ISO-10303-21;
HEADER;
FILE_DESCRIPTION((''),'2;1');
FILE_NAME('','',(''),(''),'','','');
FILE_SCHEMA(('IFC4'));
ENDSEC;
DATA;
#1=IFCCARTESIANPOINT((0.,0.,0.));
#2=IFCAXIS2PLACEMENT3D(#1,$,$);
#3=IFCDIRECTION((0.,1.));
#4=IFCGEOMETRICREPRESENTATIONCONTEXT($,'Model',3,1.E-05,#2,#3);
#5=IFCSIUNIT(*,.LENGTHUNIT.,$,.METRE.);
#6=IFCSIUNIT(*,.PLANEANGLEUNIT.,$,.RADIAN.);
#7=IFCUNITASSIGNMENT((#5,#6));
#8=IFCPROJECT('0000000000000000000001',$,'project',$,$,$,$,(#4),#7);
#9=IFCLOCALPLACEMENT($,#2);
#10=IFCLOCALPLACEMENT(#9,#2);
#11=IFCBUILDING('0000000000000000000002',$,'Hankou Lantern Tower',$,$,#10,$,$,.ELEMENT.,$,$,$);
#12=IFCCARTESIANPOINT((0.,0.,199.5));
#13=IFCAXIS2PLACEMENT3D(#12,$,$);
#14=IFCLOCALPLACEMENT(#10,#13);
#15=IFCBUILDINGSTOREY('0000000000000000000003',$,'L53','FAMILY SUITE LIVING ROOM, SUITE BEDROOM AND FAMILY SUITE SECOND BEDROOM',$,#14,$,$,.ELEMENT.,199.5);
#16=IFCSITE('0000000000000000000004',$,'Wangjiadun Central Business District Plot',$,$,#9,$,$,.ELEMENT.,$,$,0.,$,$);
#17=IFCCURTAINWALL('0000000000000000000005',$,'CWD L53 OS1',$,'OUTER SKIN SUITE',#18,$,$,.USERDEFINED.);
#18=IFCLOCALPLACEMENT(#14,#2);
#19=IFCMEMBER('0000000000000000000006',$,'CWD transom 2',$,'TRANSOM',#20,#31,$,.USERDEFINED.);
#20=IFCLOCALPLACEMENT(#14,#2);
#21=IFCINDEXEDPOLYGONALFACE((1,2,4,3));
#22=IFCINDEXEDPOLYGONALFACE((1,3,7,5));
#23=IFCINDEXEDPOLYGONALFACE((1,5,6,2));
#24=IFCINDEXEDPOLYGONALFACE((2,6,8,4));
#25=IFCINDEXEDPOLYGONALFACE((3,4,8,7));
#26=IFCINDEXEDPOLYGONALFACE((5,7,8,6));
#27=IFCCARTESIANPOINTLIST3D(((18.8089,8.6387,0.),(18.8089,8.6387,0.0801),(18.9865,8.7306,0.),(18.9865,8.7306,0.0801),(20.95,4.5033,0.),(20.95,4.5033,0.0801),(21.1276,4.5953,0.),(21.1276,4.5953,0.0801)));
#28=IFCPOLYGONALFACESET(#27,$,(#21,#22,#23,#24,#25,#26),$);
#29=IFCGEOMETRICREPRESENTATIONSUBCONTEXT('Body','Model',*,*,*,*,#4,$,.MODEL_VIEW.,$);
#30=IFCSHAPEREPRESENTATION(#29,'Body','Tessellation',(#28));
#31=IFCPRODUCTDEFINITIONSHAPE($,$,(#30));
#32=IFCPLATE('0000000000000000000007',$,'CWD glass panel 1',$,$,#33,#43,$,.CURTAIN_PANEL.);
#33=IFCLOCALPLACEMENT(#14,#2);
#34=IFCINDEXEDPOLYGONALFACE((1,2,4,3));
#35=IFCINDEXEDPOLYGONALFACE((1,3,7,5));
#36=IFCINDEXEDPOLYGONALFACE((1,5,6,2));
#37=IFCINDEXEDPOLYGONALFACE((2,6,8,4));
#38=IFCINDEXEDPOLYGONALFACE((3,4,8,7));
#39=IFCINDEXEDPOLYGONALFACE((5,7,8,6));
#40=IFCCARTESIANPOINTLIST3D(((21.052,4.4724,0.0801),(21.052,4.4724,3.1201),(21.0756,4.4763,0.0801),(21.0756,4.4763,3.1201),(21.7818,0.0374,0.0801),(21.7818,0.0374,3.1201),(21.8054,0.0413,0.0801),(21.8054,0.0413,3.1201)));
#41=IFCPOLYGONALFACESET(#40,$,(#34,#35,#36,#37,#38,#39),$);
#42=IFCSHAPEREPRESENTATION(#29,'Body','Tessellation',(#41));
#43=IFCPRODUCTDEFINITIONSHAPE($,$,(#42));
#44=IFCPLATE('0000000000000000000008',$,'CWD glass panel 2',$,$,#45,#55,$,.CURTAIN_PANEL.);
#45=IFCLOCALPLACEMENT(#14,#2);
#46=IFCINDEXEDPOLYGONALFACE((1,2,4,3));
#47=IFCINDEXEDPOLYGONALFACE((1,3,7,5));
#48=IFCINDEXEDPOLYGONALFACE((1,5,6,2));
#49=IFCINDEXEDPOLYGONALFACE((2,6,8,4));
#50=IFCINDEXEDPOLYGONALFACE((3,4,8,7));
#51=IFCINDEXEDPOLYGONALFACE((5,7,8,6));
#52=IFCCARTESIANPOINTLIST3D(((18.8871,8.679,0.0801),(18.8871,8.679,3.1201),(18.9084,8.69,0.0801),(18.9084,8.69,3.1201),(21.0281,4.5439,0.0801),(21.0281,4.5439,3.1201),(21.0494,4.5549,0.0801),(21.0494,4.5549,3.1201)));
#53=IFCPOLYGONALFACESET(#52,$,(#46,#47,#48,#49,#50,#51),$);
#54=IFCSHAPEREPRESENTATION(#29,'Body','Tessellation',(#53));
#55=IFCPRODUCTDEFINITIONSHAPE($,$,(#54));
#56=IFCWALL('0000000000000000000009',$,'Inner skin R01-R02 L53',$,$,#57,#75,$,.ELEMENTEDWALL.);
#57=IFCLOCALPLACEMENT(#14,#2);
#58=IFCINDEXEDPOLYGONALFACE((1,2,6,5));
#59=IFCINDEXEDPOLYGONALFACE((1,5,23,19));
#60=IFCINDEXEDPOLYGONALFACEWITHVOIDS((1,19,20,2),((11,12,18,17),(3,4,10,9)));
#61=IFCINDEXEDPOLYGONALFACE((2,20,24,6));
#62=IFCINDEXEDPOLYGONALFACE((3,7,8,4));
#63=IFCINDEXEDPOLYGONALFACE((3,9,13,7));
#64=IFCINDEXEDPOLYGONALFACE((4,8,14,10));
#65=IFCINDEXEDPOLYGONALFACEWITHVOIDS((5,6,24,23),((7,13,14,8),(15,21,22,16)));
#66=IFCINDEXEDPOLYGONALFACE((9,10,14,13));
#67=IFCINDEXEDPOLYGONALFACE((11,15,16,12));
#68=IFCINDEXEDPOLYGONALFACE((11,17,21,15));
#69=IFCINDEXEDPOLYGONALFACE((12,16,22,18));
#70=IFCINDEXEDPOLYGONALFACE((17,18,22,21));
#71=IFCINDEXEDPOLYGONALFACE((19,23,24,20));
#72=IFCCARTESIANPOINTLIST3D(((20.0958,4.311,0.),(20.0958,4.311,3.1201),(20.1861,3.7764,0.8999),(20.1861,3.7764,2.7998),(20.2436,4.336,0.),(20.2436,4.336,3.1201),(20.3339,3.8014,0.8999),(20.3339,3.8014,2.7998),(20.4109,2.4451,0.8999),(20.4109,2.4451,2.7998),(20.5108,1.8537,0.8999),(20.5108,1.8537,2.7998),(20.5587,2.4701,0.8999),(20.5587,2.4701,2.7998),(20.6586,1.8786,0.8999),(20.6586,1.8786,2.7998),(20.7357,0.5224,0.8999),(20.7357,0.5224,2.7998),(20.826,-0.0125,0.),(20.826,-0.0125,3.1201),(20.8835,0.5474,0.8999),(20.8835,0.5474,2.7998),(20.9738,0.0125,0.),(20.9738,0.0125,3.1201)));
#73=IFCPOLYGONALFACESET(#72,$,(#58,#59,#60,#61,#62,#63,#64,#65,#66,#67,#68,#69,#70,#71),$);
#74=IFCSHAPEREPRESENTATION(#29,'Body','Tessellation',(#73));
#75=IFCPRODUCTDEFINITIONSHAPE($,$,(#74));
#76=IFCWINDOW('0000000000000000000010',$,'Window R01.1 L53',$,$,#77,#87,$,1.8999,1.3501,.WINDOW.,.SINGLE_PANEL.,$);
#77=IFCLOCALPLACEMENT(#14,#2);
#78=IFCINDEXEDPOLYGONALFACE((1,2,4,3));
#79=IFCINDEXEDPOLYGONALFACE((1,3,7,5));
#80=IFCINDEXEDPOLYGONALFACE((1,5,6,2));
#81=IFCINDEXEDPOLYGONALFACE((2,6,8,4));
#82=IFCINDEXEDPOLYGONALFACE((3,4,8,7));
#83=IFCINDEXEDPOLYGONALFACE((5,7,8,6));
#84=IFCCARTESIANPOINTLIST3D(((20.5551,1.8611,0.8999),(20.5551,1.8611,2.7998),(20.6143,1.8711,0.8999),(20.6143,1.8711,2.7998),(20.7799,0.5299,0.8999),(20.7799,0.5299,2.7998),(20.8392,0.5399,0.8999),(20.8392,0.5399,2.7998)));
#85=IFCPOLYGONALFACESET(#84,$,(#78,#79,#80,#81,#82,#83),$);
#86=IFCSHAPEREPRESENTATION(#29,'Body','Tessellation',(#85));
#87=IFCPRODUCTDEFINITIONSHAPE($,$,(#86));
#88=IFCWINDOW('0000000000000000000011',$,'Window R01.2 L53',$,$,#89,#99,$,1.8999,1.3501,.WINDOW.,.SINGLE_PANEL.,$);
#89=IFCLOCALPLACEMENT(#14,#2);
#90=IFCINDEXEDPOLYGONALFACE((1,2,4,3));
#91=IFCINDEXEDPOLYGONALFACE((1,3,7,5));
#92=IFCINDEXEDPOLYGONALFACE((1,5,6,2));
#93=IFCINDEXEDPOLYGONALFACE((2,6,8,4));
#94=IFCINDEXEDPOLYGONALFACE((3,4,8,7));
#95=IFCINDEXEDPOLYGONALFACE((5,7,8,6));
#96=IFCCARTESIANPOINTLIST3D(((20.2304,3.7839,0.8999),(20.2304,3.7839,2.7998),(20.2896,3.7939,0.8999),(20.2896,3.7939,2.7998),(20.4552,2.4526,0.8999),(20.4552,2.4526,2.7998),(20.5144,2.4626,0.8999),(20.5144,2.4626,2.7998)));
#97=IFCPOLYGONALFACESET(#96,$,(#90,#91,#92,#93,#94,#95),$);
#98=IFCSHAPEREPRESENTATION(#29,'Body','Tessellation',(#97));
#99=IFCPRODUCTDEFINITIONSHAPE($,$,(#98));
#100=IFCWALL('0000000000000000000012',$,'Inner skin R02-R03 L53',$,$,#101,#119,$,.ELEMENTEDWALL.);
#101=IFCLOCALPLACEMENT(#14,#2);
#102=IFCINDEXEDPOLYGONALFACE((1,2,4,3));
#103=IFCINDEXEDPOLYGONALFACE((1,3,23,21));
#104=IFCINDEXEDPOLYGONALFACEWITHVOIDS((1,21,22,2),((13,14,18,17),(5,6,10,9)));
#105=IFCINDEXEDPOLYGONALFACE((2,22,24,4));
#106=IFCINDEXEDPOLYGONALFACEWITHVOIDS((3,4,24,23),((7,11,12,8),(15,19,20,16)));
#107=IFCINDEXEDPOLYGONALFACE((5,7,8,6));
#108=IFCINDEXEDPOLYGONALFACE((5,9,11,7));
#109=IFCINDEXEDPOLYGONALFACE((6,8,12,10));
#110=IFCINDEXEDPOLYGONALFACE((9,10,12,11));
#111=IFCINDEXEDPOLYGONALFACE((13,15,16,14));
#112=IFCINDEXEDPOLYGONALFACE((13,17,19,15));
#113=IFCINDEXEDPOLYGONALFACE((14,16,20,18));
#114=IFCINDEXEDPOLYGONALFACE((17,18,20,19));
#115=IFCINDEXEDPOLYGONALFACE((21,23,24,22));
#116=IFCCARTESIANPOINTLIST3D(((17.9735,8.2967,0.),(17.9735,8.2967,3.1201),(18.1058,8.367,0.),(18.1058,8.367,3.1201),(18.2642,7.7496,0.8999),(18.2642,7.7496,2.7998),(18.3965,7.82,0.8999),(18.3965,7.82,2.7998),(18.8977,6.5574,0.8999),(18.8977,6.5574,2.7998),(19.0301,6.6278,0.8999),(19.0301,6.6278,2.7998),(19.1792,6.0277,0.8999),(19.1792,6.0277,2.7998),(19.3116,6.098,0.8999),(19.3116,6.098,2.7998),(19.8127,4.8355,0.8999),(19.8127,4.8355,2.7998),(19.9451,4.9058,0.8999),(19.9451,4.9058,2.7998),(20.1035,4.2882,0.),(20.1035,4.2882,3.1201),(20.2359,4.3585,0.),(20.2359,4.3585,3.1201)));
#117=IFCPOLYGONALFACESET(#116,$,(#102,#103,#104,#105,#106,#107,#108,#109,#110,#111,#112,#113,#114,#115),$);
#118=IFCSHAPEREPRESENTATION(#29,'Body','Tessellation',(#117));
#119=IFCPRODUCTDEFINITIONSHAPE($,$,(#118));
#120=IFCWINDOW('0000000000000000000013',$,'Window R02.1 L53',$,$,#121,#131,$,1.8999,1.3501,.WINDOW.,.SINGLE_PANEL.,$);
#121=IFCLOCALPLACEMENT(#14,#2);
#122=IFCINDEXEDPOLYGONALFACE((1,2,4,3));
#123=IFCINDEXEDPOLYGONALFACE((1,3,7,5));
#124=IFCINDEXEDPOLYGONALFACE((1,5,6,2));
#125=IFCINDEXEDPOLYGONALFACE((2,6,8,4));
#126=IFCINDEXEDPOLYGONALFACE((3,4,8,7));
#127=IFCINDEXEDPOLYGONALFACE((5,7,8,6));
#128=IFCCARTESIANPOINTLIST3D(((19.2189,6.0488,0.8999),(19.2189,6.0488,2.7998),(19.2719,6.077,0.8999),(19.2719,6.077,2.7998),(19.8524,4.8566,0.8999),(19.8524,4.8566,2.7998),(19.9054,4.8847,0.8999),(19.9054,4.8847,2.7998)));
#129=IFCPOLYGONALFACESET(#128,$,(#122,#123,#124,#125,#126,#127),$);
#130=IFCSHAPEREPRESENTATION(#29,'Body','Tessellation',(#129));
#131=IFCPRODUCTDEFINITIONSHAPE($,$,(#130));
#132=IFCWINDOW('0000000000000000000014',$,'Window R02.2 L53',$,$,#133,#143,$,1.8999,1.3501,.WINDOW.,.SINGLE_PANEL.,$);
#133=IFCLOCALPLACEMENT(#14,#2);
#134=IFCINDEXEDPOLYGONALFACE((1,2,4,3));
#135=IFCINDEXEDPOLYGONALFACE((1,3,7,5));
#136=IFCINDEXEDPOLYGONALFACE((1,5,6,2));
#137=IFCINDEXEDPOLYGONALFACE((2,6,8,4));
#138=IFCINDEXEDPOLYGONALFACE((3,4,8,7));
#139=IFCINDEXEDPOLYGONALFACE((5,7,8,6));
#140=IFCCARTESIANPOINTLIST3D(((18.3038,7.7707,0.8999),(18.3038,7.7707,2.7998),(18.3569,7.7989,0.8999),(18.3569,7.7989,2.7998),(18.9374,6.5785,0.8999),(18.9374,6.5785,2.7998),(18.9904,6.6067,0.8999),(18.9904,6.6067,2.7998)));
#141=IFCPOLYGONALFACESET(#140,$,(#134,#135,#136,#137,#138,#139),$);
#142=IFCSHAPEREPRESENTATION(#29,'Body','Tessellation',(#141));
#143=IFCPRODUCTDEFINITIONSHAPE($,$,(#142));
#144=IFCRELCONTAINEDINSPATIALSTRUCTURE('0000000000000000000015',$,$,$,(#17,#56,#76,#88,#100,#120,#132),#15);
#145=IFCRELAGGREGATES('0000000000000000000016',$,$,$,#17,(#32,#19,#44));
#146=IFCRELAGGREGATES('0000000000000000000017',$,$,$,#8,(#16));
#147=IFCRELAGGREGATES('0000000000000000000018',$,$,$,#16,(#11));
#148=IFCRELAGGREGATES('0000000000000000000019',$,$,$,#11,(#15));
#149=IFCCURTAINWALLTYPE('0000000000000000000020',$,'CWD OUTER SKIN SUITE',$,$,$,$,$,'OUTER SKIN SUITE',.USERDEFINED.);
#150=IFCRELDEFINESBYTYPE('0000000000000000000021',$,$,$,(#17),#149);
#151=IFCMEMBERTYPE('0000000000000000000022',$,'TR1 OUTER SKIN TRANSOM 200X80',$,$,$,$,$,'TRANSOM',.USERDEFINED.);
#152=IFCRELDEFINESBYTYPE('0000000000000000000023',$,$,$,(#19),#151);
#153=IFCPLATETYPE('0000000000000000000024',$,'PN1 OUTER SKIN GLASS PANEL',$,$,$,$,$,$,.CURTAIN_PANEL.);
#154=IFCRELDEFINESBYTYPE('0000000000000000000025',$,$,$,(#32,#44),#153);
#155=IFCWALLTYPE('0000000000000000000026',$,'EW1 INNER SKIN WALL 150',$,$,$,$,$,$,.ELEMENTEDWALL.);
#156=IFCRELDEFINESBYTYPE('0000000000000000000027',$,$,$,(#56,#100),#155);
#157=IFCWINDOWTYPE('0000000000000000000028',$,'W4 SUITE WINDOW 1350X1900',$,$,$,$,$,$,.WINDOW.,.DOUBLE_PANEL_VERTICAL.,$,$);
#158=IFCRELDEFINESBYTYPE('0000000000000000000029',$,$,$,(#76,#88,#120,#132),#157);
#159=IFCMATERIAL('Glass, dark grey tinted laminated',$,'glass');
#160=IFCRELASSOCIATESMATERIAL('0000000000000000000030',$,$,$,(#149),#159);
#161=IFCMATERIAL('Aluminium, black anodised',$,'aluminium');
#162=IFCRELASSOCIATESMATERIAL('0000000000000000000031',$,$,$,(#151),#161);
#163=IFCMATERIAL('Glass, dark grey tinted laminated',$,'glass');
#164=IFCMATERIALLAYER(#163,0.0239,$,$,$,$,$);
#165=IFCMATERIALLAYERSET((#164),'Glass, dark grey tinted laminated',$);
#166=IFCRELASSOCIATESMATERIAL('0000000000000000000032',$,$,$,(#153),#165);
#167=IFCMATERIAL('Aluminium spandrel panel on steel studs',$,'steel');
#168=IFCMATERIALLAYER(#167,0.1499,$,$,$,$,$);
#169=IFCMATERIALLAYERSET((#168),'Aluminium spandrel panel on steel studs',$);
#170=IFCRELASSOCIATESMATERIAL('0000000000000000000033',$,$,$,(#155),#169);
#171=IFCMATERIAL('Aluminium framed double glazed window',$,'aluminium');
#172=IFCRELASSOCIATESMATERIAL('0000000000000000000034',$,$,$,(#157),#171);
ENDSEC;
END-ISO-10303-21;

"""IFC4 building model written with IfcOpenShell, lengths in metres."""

from ifc_helpers import new_model, si_unit, direction, frame, frame_2d, origin, origin_2d, place, context, subcontext, project, spatial, rectangle, extrude, material, layer, layer_set, material_profile, profile_set, type_object, element, fill, aggregate, save


model = new_model("IFC4")

# Units and contexts
model_context = context("Model", 3, precision=1e-05, world=origin(), true_north=direction((0.0, 1.0)))
body_context = subcontext(model_context, "Body", "Model", "MODEL_VIEW")
ifc_project = project(units=[si_unit("LENGTHUNIT", "METRE"), si_unit("PLANEANGLEUNIT", "RADIAN")], contexts=[model_context])

# Site, building, storey
site_placement = place(None, origin())
site = spatial("IfcSite", under=ifc_project, at=site_placement, Name="Wangjiadun Central Business District Plot", CompositionType="ELEMENT", RefElevation=0.0)
building_placement = place(site_placement, origin())
building = spatial("IfcBuilding", under=site, at=building_placement, Name="Hankou Lantern Tower", CompositionType="ELEMENT")
storey_placement = place(building_placement, frame((0.0, 0.0, 199.5)))
storey = spatial("IfcBuildingStorey", under=building, at=storey_placement, Name="L53", Description="FAMILY SUITE LIVING ROOM, SUITE BEDROOM AND FAMILY SUITE SECOND BEDROOM", CompositionType="ELEMENT", Elevation=199.5)

# Curtain wall
ifc_material_1 = material(Name="Glass, dark grey tinted laminated", Category="glass")
curtain_wall_type = type_object("IfcCurtainWallType", Name="CWD OUTER SKIN SUITE", ElementType="OUTER SKIN SUITE", PredefinedType="USERDEFINED", material=ifc_material_1)
curtain_wall_placement = place(storey_placement, origin())
curtain_wall = element("IfcCurtainWall", 1, at=curtain_wall_placement, inside=storey, type_object=curtain_wall_type, Name="CWD L53 OS1", ObjectType="OUTER SKIN SUITE", PredefinedType="USERDEFINED")

# Member
ifc_material_2 = material(Name="Aluminium, black anodised", Category="aluminium")
ifc_material_profile_1 = material_profile(ifc_material_2, rectangle(XDim=0.2, YDim=0.0801, at=origin_2d()), Name="TR1 200X80")
ifc_profile_set_1 = profile_set([ifc_material_profile_1], Name="Aluminium, black anodised")
member_type_1 = type_object("IfcMemberType", Name="TR1 OUTER SKIN TRANSOM 200X80", ElementType="TRANSOM", PredefinedType="USERDEFINED", material=ifc_profile_set_1)
member_1_placement = place(storey_placement, frame((21.0388, 4.5493, 0.04), z_axis=(-0.459794, 0.888026, 0.0), x_axis=(-0.888026, -0.459794, 0.0)))
member_1 = element("IfcMember", 2, at=member_1_placement, type_object=member_type_1, Name="CWD transom 2", ObjectType="TRANSOM", PredefinedType="USERDEFINED", context=body_context, shape_type="SweptSolid", body=[
    extrude(rectangle(XDim=0.2, YDim=0.0801, at=origin_2d()), origin(), (0.0, 0.0, 1.0), 4.6567),
])

# Plates
ifc_material_3 = material(Name="Glass, dark grey tinted laminated", Category="glass")
ifc_layer_1 = layer(ifc_material_3, 0.0239)
ifc_layer_set_1 = layer_set([ifc_layer_1], Name="Glass, dark grey tinted laminated")
plate_type = type_object("IfcPlateType", Name="PN1 OUTER SKIN GLASS PANEL", PredefinedType="CURTAIN_PANEL", material=ifc_layer_set_1)
plate_1_placement = place(storey_placement, frame((21.4287, 2.2568, 0.0801), z_axis=(0.0, 0.0, 1.0), x_axis=(-0.162382, 0.986728, 0.0)))
plate_1 = element("IfcPlate", 3, at=plate_1_placement, type_object=plate_type, Name="CWD glass panel 1", PredefinedType="CURTAIN_PANEL", context=body_context, shape_type="SweptSolid", body=[
    extrude(rectangle(XDim=4.4946, YDim=0.0239, at=origin_2d()), origin(), (0.0, 0.0, 1.0), 3.04),
])
plate_2_placement = place(storey_placement, frame((19.9683, 6.6169, 0.0801), z_axis=(0.0, 0.0, 1.0), x_axis=(-0.459791, 0.888027, 0.0)))
plate_2 = element("IfcPlate", 4, at=plate_2_placement, type_object=plate_type, Name="CWD glass panel 2", PredefinedType="CURTAIN_PANEL", context=body_context, shape_type="SweptSolid", body=[
    extrude(rectangle(XDim=4.6565, YDim=0.0239, at=origin_2d()), origin(), (0.0, 0.0, 1.0), 3.04),
])
aggregate(curtain_wall, [plate_1, member_1, plate_2])

# Walls, openings, windows
ifc_material_4 = material(Name="Aluminium spandrel panel on steel studs", Category="steel")
ifc_layer_2 = layer(ifc_material_4, 0.1499)
ifc_layer_set_2 = layer_set([ifc_layer_2], Name="Aluminium spandrel panel on steel studs")
wall_type_1 = type_object("IfcWallType", Name="EW1 INNER SKIN WALL 150", PredefinedType="ELEMENTEDWALL", material=ifc_layer_set_2)
wall_1_placement = place(storey_placement, frame((20.8999, 0.0, 0.0), z_axis=(0.0, 0.0, 1.0), x_axis=(-0.166539, 0.986035, 0.0)))
wall_1 = element("IfcWall", 5, at=wall_1_placement, inside=storey, type_object=wall_type_1, Name="Inner skin R01-R02 L53", PredefinedType="ELEMENTEDWALL", context=body_context, shape_type="SweptSolid", body=[
    extrude(rectangle(XDim=4.3848, YDim=0.1499, at=frame_2d((2.1924, 0.0))), origin(), (0.0, 0.0, 1.0), 3.1201),
])
opening_1_placement = place(wall_1_placement, frame((0.5425, 0.0, 0.8999)))
opening_1 = element("IfcOpeningElement", 6, at=opening_1_placement, cuts=wall_1, PredefinedType="OPENING", context=body_context, shape_type="SweptSolid", body=[
    extrude(rectangle(XDim=1.3501, YDim=1.8999, at=frame_2d((0.675, 0.95))), frame((0.0, 0.085, 0.0), z_axis=(0.0, -1.0, 0.0), x_axis=(1.0, 0.0, 0.0)), (0.0, 0.0, 1.0), 0.1699),
])
opening_2_placement = place(wall_1_placement, frame((2.4924, 0.0, 0.8999)))
opening_2 = element("IfcOpeningElement", 7, at=opening_2_placement, cuts=wall_1, PredefinedType="OPENING", context=body_context, shape_type="SweptSolid", body=[
    extrude(rectangle(XDim=1.3501, YDim=1.8999, at=frame_2d((0.675, 0.95))), frame((0.0, 0.085, 0.0), z_axis=(0.0, -1.0, 0.0), x_axis=(1.0, 0.0, 0.0)), (0.0, 0.0, 1.0), 0.1699),
])
ifc_material_5 = material(Name="Aluminium framed double glazed window", Category="aluminium")
window_type = type_object("IfcWindowType", Name="W4 SUITE WINDOW 1350X1900", PartitioningType="DOUBLE_PANEL_VERTICAL", PredefinedType="WINDOW", material=ifc_material_5)
window_1_placement = place(opening_1_placement, origin())
window_1 = element("IfcWindow", 8, at=window_1_placement, inside=storey, type_object=window_type, Name="Window R01.1 L53", OverallHeight=1.8999, OverallWidth=1.3501, PartitioningType="SINGLE_PANEL", PredefinedType="WINDOW", context=body_context, shape_type="SweptSolid", body=[
    extrude(rectangle(XDim=1.3501, YDim=1.8999, at=frame_2d((0.675, 0.95))), frame((0.0, 0.03, 0.0), z_axis=(0.0, -1.0, 0.0), x_axis=(1.0, 0.0, 0.0)), (0.0, 0.0, 1.0), 0.0601),
])
fill(opening_1, window_1)
window_2_placement = place(opening_2_placement, origin())
window_2 = element("IfcWindow", 9, at=window_2_placement, inside=storey, type_object=window_type, Name="Window R01.2 L53", OverallHeight=1.8999, OverallWidth=1.3501, PartitioningType="SINGLE_PANEL", PredefinedType="WINDOW", context=body_context, shape_type="SweptSolid", body=[
    extrude(rectangle(XDim=1.3501, YDim=1.8999, at=frame_2d((0.675, 0.95))), frame((0.0, 0.03, 0.0), z_axis=(0.0, -1.0, 0.0), x_axis=(1.0, 0.0, 0.0)), (0.0, 0.0, 1.0), 0.0601),
])
fill(opening_2, window_2)
wall_2_placement = place(storey_placement, frame((20.1697, 4.3235, 0.0), z_axis=(0.0, 0.0, 1.0), x_axis=(-0.469256, 0.883062, 0.0)))
wall_2 = element("IfcWall", 10, at=wall_2_placement, inside=storey, type_object=wall_type_1, Name="Inner skin R02-R03 L53", PredefinedType="ELEMENTEDWALL", context=body_context, shape_type="SweptSolid", body=[
    extrude(rectangle(XDim=4.5393, YDim=0.1499, at=frame_2d((2.2695, 0.0))), origin(), (0.0, 0.0, 1.0), 3.1201),
])
opening_3_placement = place(wall_2_placement, frame((0.6196, 0.0, 0.8999)))
opening_3 = element("IfcOpeningElement", 11, at=opening_3_placement, cuts=wall_2, PredefinedType="OPENING", context=body_context, shape_type="SweptSolid", body=[
    extrude(rectangle(XDim=1.3501, YDim=1.8999, at=frame_2d((0.675, 0.95))), frame((0.0, 0.085, 0.0), z_axis=(0.0, -1.0, 0.0), x_axis=(1.0, 0.0, 0.0)), (0.0, 0.0, 1.0), 0.1699),
])
opening_4_placement = place(wall_2_placement, frame((2.5696, 0.0, 0.8999)))
opening_4 = element("IfcOpeningElement", 12, at=opening_4_placement, cuts=wall_2, PredefinedType="OPENING", context=body_context, shape_type="SweptSolid", body=[
    extrude(rectangle(XDim=1.3501, YDim=1.8999, at=frame_2d((0.675, 0.95))), frame((0.0, 0.085, 0.0), z_axis=(0.0, -1.0, 0.0), x_axis=(1.0, 0.0, 0.0)), (0.0, 0.0, 1.0), 0.1699),
])
window_3_placement = place(opening_3_placement, origin())
window_3 = element("IfcWindow", 13, at=window_3_placement, inside=storey, type_object=window_type, Name="Window R02.1 L53", OverallHeight=1.8999, OverallWidth=1.3501, PartitioningType="SINGLE_PANEL", PredefinedType="WINDOW", context=body_context, shape_type="SweptSolid", body=[
    extrude(rectangle(XDim=1.3501, YDim=1.8999, at=frame_2d((0.675, 0.95))), frame((0.0, 0.03, 0.0), z_axis=(0.0, -1.0, 0.0), x_axis=(1.0, 0.0, 0.0)), (0.0, 0.0, 1.0), 0.0601),
])
fill(opening_3, window_3)
window_4_placement = place(opening_4_placement, origin())
window_4 = element("IfcWindow", 14, at=window_4_placement, inside=storey, type_object=window_type, Name="Window R02.2 L53", OverallHeight=1.8999, OverallWidth=1.3501, PartitioningType="SINGLE_PANEL", PredefinedType="WINDOW", context=body_context, shape_type="SweptSolid", body=[
    extrude(rectangle(XDim=1.3501, YDim=1.8999, at=frame_2d((0.675, 0.95))), frame((0.0, 0.03, 0.0), z_axis=(0.0, -1.0, 0.0), x_axis=(1.0, 0.0, 0.0)), (0.0, 0.0, 1.0), 0.0601),
])
fill(opening_4, window_4)

save(model, "model.ifc")
